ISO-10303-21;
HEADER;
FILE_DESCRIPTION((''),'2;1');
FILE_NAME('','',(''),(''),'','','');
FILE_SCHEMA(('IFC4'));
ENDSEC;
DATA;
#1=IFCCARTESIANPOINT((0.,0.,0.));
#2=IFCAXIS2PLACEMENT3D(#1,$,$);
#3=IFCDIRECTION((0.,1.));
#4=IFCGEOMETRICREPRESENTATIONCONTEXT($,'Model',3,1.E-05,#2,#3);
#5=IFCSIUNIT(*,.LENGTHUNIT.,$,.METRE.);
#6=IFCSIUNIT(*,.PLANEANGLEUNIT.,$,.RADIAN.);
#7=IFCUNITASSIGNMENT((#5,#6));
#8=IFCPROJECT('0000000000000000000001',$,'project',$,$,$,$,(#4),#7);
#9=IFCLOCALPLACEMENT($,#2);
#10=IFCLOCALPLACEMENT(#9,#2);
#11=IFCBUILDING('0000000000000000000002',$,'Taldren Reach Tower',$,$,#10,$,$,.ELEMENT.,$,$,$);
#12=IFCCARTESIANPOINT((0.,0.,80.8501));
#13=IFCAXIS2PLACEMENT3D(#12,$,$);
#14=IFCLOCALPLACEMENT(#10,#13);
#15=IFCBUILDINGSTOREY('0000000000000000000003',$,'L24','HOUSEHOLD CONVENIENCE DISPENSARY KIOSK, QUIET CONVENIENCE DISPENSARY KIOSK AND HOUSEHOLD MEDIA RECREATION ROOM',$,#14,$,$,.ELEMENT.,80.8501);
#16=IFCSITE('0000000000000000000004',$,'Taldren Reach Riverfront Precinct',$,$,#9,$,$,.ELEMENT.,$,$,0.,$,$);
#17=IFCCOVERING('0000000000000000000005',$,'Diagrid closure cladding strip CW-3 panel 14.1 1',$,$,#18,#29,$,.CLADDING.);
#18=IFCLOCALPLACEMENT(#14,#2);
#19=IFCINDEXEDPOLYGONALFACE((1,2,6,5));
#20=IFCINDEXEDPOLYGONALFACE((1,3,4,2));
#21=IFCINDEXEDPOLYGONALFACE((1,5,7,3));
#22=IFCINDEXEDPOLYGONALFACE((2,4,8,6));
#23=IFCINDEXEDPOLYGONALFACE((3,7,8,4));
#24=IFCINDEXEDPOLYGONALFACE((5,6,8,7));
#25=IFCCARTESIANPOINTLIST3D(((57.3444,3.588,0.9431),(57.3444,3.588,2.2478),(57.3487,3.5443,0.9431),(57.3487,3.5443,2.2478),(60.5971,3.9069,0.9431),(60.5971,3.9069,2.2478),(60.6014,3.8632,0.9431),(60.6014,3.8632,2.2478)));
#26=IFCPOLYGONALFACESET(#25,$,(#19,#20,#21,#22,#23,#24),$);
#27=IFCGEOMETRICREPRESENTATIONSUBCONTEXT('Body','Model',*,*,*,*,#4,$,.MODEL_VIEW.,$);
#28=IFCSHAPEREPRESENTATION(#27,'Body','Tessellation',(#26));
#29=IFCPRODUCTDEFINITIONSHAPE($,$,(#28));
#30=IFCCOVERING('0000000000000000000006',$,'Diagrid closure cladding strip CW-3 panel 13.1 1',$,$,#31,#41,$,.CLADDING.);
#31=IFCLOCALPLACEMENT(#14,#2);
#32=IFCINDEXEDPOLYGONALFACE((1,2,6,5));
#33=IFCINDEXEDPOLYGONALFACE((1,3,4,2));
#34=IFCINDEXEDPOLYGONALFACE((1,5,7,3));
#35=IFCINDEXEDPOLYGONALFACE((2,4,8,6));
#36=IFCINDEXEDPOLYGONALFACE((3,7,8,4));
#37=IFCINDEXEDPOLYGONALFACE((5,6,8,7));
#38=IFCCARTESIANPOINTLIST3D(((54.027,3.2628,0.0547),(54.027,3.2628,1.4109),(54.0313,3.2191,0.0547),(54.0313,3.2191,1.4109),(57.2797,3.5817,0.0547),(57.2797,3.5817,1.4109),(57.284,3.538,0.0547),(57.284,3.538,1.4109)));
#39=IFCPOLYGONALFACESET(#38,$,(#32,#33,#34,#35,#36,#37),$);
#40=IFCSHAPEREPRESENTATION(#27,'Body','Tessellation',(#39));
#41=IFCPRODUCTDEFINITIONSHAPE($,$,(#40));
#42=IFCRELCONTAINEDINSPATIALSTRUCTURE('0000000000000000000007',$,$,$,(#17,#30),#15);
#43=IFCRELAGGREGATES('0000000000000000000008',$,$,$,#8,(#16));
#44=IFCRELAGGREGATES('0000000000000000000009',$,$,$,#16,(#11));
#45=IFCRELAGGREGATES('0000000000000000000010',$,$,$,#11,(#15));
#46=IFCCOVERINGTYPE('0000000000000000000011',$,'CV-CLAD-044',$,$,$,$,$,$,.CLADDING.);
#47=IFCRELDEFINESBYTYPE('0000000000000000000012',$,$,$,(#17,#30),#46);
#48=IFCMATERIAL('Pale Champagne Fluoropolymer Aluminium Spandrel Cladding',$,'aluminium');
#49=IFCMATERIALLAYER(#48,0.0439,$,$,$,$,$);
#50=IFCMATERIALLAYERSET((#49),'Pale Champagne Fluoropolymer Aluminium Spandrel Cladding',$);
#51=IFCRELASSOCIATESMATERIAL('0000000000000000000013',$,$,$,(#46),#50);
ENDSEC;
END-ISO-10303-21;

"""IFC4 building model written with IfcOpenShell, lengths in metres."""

from ifc_helpers import new_model, si_unit, direction, frame, origin, origin_2d, place, context, subcontext, project, spatial, rectangle, extrude, source, transform, mapped, material, layer, layer_set, type_object, element, save


model = new_model("IFC4")

# Units and contexts
model_context = context("Model", 3, precision=1e-05, world=origin(), true_north=direction((0.0, 1.0)))
body_context = subcontext(model_context, "Body", "Model", "MODEL_VIEW")
ifc_project = project(units=[si_unit("LENGTHUNIT", "METRE"), si_unit("PLANEANGLEUNIT", "RADIAN")], contexts=[model_context])

# Site, building, storey
site_placement = place(None, origin())
site = spatial("IfcSite", under=ifc_project, at=site_placement, Name="Taldren Reach Riverfront Precinct", CompositionType="ELEMENT", RefElevation=0.0)
building_placement = place(site_placement, origin())
building = spatial("IfcBuilding", under=site, at=building_placement, Name="Taldren Reach Tower", CompositionType="ELEMENT")
storey_placement = place(building_placement, frame((0.0, 0.0, 80.8501)))
storey = spatial("IfcBuildingStorey", under=building, at=storey_placement, Name="L24", Description="HOUSEHOLD CONVENIENCE DISPENSARY KIOSK, QUIET CONVENIENCE DISPENSARY KIOSK AND HOUSEHOLD MEDIA RECREATION ROOM", CompositionType="ELEMENT", Elevation=80.8501)

# Coverings
ifc_material_1 = material(Name="Pale Champagne Fluoropolymer Aluminium Spandrel Cladding", Category="aluminium")
ifc_layer_1 = layer(ifc_material_1, 0.0439)
ifc_layer_set_1 = layer_set([ifc_layer_1], Name="Pale Champagne Fluoropolymer Aluminium Spandrel Cladding")
covering_type = type_object("IfcCoveringType", Name="CV-CLAD-044", PredefinedType="CLADDING", material=ifc_layer_set_1)
shared_shape_1 = source(origin(), body_context, "Body", "SweptSolid", [
    extrude(rectangle(XDim=3.2683, YDim=0.0439, at=origin_2d()), origin(), (0.0, 0.0, 1.0), 1.3047),
])
covering_1_placement = place(storey_placement, frame((58.9729, 3.7256, 0.9431), z_axis=(0.0, 0.0, 1.0), x_axis=(0.995227, 0.097583, 0.0)))
element("IfcCovering", 1, at=covering_1_placement, inside=storey, type_object=covering_type, Name="Diagrid closure cladding strip CW-3 panel 14.1 1", PredefinedType="CLADDING", context=body_context, shape_type="MappedRepresentation", body=[
    mapped(shared_shape_1, transform((0.0, 0.0, 0.0), scale=1.0)),
])
shared_shape_2 = source(origin(), body_context, "Body", "SweptSolid", [
    extrude(rectangle(XDim=3.2683, YDim=0.0439, at=origin_2d()), origin(), (0.0, 0.0, 1.0), 1.3562),
])
covering_2_placement = place(storey_placement, frame((55.6555, 3.4004, 0.0547), z_axis=(0.0, 0.0, 1.0), x_axis=(0.995227, 0.097583, 0.0)))
element("IfcCovering", 2, at=covering_2_placement, inside=storey, type_object=covering_type, Name="Diagrid closure cladding strip CW-3 panel 13.1 1", PredefinedType="CLADDING", context=body_context, shape_type="MappedRepresentation", body=[
    mapped(shared_shape_2, transform((0.0, 0.0, 0.0), scale=1.0)),
])

save(model, "model.ifc")
